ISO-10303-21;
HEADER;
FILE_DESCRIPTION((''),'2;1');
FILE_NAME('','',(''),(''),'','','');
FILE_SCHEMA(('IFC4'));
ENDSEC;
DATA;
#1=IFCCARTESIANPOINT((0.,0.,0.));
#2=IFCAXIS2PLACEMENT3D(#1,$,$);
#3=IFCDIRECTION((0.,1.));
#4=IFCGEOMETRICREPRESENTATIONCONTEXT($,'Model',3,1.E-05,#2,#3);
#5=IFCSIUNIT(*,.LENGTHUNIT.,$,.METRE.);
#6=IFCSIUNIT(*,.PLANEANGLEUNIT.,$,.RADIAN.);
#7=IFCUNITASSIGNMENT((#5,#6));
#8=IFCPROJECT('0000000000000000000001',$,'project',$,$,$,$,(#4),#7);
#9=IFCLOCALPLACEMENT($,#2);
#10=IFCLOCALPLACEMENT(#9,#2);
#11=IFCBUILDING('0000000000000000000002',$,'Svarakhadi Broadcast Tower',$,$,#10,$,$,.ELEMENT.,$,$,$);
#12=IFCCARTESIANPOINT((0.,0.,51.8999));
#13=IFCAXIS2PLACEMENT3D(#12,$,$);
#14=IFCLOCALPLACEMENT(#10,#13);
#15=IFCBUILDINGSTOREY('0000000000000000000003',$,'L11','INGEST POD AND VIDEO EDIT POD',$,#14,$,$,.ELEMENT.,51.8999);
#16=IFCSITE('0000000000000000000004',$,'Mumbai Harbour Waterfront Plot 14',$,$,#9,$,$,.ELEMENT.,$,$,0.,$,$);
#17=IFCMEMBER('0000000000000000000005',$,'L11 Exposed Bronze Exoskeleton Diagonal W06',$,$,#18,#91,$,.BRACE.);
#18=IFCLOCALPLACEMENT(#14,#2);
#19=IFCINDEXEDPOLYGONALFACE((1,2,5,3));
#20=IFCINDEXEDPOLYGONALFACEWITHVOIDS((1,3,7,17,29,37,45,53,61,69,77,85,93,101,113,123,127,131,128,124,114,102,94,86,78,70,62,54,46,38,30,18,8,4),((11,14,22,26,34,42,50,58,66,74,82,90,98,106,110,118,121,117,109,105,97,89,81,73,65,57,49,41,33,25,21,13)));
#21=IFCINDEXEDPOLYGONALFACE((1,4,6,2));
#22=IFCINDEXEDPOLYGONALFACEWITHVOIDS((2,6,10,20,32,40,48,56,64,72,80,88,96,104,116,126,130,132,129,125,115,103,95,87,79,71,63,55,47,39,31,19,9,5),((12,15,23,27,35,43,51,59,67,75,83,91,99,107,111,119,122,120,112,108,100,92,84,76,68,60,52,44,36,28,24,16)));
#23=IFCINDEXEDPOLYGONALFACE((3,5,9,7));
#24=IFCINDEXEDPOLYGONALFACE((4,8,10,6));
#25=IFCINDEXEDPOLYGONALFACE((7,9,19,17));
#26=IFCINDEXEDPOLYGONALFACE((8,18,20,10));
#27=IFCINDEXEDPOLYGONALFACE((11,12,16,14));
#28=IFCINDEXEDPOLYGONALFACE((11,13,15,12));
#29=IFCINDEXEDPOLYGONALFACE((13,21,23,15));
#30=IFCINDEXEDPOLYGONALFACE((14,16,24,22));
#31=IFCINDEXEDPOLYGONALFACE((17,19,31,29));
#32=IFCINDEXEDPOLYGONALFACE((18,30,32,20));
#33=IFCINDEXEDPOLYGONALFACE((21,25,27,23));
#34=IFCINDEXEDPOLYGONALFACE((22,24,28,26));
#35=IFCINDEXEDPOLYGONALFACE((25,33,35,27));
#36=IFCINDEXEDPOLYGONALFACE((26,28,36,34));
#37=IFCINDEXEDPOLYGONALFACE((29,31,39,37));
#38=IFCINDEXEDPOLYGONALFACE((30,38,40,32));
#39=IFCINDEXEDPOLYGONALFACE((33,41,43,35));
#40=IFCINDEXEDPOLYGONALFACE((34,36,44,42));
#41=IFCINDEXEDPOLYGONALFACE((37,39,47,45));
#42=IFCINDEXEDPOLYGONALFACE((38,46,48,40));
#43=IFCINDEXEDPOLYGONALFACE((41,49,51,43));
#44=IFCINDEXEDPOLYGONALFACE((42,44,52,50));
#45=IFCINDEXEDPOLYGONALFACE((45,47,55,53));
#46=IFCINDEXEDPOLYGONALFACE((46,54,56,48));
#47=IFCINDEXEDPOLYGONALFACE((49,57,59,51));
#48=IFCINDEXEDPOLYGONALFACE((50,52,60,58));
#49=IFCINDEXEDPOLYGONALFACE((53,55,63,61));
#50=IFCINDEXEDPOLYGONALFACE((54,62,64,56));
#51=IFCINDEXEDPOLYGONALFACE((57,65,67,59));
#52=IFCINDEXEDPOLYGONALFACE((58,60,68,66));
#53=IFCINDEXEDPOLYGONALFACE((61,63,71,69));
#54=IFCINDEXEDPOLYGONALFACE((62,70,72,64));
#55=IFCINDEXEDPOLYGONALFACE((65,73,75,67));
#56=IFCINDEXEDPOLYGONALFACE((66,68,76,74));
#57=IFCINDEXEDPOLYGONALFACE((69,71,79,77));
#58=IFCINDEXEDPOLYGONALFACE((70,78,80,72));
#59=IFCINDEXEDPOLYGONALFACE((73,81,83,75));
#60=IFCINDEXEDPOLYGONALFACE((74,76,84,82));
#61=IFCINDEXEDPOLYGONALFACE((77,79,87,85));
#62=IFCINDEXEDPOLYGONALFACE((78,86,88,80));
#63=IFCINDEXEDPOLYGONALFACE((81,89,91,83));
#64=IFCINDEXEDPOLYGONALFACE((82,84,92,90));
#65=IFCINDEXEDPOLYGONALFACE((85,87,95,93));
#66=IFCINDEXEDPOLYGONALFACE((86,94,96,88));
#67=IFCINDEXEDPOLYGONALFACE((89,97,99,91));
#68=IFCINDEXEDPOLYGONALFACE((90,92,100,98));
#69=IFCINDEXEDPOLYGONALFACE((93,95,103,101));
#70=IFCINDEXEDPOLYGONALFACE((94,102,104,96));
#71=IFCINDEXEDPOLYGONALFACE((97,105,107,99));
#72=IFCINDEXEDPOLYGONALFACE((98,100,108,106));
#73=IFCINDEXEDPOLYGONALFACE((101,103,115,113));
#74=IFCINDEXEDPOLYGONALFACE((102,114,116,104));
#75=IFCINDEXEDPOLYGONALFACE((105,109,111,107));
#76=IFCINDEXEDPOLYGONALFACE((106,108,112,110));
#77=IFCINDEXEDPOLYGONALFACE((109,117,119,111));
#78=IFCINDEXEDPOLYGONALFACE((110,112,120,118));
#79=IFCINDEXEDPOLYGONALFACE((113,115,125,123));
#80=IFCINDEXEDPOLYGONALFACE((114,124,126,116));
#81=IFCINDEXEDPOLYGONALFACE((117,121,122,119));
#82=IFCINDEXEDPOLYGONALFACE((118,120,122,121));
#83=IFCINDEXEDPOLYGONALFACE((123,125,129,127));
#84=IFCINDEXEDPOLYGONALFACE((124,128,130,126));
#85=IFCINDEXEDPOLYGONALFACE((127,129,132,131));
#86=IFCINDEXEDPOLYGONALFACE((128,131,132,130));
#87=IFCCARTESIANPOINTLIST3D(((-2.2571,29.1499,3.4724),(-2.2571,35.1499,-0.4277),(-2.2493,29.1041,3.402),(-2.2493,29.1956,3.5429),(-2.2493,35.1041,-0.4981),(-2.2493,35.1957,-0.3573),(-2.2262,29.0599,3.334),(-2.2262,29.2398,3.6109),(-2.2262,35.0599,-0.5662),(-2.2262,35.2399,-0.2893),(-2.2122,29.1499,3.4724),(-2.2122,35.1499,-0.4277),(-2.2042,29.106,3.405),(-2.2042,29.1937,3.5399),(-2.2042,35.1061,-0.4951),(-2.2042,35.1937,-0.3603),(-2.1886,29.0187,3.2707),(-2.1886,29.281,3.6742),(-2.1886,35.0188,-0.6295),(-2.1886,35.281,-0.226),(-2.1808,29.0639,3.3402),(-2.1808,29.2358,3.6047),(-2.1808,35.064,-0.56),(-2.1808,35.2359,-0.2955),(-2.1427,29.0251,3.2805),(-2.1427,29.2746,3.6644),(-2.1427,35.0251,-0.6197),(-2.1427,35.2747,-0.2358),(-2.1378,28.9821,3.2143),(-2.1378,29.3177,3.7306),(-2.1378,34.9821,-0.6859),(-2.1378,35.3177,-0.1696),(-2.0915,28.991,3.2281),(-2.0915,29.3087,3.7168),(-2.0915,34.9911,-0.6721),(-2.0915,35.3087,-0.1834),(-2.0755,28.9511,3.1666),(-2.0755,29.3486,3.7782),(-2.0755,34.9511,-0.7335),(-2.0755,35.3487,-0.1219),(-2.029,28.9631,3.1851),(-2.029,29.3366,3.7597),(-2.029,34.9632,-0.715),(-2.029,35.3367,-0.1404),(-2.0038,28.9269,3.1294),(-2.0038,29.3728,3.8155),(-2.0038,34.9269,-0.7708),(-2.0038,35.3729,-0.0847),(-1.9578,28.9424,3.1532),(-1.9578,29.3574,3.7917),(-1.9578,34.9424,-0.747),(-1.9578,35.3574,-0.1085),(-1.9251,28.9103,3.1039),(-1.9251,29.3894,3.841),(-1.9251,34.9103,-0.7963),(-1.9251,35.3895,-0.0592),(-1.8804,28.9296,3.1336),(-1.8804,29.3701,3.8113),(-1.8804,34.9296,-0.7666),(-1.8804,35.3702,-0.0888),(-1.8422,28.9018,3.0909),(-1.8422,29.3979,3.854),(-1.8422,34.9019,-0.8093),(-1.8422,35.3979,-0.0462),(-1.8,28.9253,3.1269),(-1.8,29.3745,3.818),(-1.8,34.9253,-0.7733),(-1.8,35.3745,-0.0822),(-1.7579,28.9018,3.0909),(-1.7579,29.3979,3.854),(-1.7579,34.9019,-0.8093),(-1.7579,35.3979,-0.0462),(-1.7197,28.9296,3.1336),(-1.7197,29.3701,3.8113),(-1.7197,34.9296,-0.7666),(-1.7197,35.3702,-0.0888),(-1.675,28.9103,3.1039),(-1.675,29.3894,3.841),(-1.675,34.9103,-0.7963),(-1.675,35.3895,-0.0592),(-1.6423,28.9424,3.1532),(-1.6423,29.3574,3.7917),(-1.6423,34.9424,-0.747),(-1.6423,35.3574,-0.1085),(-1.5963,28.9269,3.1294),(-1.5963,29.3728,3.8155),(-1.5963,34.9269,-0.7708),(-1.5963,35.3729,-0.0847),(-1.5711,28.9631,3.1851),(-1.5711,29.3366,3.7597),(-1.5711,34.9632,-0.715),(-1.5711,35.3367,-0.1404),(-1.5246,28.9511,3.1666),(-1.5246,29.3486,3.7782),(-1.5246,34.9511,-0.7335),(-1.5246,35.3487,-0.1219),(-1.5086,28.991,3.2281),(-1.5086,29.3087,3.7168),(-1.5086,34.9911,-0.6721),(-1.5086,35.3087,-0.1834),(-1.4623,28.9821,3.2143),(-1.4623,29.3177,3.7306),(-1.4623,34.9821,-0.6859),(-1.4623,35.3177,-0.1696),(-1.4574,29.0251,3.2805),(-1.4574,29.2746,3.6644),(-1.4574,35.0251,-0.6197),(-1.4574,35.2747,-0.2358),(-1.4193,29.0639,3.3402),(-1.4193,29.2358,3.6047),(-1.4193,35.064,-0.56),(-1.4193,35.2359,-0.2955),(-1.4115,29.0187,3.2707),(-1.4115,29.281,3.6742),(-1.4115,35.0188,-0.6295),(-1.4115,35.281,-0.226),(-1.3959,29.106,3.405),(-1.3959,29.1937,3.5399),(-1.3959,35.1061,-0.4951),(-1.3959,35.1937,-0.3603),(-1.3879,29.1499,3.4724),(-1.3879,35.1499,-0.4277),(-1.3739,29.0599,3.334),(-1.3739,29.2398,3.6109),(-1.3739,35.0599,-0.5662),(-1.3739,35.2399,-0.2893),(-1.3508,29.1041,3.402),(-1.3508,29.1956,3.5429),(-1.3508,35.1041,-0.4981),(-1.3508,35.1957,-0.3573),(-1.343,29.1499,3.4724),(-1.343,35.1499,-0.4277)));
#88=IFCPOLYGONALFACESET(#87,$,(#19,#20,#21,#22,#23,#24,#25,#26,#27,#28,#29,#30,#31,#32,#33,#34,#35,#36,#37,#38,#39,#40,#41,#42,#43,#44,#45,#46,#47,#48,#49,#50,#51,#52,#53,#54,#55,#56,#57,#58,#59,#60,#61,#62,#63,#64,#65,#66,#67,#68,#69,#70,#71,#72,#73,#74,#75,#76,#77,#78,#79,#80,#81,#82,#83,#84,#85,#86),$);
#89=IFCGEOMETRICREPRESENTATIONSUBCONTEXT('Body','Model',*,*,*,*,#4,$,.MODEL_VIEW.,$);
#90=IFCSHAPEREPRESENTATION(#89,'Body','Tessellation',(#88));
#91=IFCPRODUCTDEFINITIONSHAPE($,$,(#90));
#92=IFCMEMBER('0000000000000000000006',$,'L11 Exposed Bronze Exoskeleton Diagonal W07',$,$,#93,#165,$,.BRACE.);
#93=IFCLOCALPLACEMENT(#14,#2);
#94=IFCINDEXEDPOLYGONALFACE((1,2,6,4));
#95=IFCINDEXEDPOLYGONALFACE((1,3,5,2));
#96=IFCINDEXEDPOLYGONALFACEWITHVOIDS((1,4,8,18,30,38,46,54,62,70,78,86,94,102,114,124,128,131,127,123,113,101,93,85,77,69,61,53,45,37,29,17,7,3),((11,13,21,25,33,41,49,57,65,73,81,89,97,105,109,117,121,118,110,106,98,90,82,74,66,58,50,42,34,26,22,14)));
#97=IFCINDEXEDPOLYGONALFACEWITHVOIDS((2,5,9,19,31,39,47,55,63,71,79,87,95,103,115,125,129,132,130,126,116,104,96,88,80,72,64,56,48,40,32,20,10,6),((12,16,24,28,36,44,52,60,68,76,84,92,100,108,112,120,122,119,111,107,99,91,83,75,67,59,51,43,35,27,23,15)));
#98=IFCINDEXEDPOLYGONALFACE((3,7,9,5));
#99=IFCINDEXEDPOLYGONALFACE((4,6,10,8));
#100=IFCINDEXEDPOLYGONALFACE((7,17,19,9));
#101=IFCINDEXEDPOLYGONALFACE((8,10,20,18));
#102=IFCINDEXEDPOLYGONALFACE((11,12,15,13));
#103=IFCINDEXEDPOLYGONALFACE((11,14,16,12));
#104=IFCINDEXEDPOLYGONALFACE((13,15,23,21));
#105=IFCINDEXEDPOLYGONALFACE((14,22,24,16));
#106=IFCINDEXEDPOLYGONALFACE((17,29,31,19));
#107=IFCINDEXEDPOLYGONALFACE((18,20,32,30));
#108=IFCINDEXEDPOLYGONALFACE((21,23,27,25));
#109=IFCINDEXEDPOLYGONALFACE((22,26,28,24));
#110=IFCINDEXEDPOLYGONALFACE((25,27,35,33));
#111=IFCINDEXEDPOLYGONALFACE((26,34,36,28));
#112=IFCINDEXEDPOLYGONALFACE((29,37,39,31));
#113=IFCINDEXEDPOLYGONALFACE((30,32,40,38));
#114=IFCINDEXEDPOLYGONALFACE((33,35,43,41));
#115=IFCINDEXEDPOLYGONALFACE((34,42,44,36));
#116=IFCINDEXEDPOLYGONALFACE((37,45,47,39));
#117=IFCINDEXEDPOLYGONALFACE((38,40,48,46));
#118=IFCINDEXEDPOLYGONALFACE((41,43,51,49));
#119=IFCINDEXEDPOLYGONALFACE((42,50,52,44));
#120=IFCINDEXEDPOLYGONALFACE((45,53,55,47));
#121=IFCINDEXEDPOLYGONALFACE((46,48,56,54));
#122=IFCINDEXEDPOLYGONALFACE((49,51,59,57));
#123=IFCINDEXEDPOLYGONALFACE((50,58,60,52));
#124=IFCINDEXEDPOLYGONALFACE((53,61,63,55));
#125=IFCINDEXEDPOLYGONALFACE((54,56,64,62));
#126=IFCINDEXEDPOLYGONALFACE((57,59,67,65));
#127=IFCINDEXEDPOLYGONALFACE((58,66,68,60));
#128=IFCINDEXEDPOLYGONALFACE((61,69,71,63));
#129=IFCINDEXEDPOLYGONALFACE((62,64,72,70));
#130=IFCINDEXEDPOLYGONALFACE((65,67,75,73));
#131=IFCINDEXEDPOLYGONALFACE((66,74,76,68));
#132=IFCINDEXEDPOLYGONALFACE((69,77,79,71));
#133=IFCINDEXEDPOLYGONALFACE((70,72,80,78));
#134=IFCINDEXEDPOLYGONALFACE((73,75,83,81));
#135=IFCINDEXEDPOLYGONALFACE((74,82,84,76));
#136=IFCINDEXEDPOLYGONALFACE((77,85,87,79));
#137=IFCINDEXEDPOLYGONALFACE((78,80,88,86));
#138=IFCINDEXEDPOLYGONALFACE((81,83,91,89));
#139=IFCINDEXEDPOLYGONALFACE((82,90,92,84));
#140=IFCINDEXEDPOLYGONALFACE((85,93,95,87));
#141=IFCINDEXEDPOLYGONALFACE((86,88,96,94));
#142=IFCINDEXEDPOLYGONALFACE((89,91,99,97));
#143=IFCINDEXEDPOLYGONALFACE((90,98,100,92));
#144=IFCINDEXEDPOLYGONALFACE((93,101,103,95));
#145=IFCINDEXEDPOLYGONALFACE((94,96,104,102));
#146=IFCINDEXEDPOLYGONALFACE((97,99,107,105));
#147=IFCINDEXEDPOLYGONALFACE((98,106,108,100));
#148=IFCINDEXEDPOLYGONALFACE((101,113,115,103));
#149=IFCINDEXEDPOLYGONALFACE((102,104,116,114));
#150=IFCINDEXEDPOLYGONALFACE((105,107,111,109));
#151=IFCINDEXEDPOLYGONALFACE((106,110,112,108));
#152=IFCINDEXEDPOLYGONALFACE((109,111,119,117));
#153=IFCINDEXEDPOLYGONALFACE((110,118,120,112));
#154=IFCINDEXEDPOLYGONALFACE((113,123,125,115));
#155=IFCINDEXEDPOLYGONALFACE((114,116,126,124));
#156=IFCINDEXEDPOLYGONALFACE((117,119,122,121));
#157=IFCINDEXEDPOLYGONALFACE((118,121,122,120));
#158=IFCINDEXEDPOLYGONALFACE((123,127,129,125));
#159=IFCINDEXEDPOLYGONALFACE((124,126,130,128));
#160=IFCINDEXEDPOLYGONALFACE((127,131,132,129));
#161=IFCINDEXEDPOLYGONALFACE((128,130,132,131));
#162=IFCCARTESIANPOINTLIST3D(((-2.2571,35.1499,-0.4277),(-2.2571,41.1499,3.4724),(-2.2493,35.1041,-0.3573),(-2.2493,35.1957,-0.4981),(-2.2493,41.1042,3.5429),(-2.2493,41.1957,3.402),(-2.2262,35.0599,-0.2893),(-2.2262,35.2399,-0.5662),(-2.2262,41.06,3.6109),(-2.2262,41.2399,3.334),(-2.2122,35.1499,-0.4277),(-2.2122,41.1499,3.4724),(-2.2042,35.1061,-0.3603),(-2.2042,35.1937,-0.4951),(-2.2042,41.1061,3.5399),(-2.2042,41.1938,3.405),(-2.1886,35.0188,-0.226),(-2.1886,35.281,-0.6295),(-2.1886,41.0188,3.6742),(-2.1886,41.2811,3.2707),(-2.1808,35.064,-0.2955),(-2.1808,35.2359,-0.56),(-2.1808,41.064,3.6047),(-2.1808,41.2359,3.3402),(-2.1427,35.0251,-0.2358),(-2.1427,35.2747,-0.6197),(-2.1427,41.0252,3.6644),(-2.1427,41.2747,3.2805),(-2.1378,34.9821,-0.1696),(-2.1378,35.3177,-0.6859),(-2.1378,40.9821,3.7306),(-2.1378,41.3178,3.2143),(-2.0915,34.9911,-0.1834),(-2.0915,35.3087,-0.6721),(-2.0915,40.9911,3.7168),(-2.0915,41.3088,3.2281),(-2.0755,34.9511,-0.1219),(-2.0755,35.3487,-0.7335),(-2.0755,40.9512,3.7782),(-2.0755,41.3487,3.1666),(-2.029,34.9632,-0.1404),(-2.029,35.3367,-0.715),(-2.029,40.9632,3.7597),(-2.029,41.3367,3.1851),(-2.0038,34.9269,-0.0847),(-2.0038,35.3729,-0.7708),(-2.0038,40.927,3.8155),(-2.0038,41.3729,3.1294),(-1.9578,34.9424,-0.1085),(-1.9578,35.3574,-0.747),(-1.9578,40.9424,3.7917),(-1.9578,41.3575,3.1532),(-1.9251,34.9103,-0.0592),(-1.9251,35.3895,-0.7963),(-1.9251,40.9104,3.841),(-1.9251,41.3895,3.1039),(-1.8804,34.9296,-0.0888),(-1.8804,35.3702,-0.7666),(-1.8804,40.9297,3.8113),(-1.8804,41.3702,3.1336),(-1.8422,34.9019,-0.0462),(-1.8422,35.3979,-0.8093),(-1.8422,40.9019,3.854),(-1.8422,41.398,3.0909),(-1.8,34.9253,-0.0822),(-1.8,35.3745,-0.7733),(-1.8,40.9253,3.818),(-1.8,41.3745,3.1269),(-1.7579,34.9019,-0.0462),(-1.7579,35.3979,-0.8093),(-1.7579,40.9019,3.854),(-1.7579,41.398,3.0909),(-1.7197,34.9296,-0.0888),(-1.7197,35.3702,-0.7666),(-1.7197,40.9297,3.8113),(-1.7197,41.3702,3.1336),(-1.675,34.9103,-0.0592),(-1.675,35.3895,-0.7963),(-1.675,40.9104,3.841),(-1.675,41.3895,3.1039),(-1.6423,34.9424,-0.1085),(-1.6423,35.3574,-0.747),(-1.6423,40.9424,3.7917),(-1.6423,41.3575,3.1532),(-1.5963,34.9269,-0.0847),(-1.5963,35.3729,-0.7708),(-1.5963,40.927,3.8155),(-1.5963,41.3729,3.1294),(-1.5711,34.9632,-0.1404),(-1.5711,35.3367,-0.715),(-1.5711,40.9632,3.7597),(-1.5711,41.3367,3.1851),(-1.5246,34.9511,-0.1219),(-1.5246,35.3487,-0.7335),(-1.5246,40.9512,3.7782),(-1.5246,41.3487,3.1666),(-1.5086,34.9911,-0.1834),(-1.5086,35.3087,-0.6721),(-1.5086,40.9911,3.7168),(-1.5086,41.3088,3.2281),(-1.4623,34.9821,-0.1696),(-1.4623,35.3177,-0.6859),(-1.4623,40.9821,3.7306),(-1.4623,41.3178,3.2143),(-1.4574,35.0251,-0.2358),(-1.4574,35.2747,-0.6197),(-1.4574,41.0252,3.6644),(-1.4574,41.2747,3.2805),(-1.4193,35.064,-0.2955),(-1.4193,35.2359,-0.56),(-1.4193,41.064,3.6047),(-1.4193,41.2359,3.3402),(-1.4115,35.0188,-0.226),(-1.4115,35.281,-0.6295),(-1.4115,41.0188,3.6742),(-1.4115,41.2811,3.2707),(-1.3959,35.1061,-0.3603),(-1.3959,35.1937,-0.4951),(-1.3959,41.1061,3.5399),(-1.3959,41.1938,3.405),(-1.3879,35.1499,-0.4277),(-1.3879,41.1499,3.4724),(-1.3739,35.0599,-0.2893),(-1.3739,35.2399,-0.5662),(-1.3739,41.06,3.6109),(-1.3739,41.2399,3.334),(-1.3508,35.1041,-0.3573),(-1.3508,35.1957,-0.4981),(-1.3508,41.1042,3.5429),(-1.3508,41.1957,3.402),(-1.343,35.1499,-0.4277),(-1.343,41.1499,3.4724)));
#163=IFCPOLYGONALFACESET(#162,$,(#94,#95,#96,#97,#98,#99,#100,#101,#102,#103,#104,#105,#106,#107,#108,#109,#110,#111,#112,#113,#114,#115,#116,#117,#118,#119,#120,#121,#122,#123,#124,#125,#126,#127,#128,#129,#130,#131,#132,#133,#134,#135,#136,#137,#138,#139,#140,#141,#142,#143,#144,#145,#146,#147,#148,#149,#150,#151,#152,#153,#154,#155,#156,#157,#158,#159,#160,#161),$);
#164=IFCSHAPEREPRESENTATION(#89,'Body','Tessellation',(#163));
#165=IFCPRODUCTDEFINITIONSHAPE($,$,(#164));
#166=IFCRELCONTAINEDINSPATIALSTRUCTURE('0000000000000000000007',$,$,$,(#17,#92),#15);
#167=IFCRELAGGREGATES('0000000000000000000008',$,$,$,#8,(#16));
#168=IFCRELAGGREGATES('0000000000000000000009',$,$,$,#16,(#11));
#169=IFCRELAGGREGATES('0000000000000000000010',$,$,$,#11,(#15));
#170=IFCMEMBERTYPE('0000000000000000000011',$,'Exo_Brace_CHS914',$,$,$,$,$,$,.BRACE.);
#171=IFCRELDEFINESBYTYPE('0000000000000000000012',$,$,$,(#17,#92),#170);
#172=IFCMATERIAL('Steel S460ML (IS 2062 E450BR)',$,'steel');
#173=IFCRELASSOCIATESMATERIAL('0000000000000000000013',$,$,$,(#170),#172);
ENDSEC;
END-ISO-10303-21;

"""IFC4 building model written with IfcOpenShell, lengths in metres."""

from ifc_helpers import new_model, si_unit, direction, frame, origin, origin_2d, place, context, subcontext, project, spatial, hollow_circle, extrude, material, material_profile, profile_set, type_object, element, save


model = new_model("IFC4")

# Units and contexts
model_context = context("Model", 3, precision=1e-05, world=origin(), true_north=direction((0.0, 1.0)))
body_context = subcontext(model_context, "Body", "Model", "MODEL_VIEW")
ifc_project = project(units=[si_unit("LENGTHUNIT", "METRE"), si_unit("PLANEANGLEUNIT", "RADIAN")], contexts=[model_context])

# Site, building, storey
site_placement = place(None, origin())
site = spatial("IfcSite", under=ifc_project, at=site_placement, Name="Mumbai Harbour Waterfront Plot 14", CompositionType="ELEMENT", RefElevation=0.0)
building_placement = place(site_placement, origin())
building = spatial("IfcBuilding", under=site, at=building_placement, Name="Svarakhadi Broadcast Tower", CompositionType="ELEMENT")
storey_placement = place(building_placement, frame((0.0, 0.0, 51.8999)))
storey = spatial("IfcBuildingStorey", under=building, at=storey_placement, Name="L11", Description="INGEST POD AND VIDEO EDIT POD", CompositionType="ELEMENT", Elevation=51.8999)

# Shared definitions
ifc_material_1 = material(Name="Steel S460ML (IS 2062 E450BR)", Category="steel")

# Members
ifc_material_profile_1 = material_profile(ifc_material_1, hollow_circle(Radius=0.457, WallThickness=0.0449, at=origin_2d()), Name="CHS 914x45")
ifc_profile_set_1 = profile_set([ifc_material_profile_1], Name="Steel S460ML (IS 2062 E450BR)")
member_type_1 = type_object("IfcMemberType", Name="Exo_Brace_CHS914", PredefinedType="BRACE", material=ifc_profile_set_1)
for number, where, z_axis, x_axis, name in (
    (1, (-1.8, 35.1499, -0.4277), (0.0, -0.838434, 0.545003), (1.0, 0.0, 0.0), "L11 Exposed Bronze Exoskeleton Diagonal W06"),
    (2, (-1.8, 35.1499, -0.4277), (0.0, 0.838434, 0.545003), (-1.0, 0.0, 0.0), "L11 Exposed Bronze Exoskeleton Diagonal W07"),
):
    element("IfcMember", number, at=place(storey_placement, frame(where, z_axis=z_axis, x_axis=x_axis)), inside=storey, type_object=member_type_1, Name=name, PredefinedType="BRACE", context=body_context, shape_type="SweptSolid", body=[
        extrude(hollow_circle(Radius=0.457, WallThickness=0.0449, at=origin_2d()), origin(), (0.0, 0.0, 1.0), 7.1562),
    ])

save(model, "model.ifc")
